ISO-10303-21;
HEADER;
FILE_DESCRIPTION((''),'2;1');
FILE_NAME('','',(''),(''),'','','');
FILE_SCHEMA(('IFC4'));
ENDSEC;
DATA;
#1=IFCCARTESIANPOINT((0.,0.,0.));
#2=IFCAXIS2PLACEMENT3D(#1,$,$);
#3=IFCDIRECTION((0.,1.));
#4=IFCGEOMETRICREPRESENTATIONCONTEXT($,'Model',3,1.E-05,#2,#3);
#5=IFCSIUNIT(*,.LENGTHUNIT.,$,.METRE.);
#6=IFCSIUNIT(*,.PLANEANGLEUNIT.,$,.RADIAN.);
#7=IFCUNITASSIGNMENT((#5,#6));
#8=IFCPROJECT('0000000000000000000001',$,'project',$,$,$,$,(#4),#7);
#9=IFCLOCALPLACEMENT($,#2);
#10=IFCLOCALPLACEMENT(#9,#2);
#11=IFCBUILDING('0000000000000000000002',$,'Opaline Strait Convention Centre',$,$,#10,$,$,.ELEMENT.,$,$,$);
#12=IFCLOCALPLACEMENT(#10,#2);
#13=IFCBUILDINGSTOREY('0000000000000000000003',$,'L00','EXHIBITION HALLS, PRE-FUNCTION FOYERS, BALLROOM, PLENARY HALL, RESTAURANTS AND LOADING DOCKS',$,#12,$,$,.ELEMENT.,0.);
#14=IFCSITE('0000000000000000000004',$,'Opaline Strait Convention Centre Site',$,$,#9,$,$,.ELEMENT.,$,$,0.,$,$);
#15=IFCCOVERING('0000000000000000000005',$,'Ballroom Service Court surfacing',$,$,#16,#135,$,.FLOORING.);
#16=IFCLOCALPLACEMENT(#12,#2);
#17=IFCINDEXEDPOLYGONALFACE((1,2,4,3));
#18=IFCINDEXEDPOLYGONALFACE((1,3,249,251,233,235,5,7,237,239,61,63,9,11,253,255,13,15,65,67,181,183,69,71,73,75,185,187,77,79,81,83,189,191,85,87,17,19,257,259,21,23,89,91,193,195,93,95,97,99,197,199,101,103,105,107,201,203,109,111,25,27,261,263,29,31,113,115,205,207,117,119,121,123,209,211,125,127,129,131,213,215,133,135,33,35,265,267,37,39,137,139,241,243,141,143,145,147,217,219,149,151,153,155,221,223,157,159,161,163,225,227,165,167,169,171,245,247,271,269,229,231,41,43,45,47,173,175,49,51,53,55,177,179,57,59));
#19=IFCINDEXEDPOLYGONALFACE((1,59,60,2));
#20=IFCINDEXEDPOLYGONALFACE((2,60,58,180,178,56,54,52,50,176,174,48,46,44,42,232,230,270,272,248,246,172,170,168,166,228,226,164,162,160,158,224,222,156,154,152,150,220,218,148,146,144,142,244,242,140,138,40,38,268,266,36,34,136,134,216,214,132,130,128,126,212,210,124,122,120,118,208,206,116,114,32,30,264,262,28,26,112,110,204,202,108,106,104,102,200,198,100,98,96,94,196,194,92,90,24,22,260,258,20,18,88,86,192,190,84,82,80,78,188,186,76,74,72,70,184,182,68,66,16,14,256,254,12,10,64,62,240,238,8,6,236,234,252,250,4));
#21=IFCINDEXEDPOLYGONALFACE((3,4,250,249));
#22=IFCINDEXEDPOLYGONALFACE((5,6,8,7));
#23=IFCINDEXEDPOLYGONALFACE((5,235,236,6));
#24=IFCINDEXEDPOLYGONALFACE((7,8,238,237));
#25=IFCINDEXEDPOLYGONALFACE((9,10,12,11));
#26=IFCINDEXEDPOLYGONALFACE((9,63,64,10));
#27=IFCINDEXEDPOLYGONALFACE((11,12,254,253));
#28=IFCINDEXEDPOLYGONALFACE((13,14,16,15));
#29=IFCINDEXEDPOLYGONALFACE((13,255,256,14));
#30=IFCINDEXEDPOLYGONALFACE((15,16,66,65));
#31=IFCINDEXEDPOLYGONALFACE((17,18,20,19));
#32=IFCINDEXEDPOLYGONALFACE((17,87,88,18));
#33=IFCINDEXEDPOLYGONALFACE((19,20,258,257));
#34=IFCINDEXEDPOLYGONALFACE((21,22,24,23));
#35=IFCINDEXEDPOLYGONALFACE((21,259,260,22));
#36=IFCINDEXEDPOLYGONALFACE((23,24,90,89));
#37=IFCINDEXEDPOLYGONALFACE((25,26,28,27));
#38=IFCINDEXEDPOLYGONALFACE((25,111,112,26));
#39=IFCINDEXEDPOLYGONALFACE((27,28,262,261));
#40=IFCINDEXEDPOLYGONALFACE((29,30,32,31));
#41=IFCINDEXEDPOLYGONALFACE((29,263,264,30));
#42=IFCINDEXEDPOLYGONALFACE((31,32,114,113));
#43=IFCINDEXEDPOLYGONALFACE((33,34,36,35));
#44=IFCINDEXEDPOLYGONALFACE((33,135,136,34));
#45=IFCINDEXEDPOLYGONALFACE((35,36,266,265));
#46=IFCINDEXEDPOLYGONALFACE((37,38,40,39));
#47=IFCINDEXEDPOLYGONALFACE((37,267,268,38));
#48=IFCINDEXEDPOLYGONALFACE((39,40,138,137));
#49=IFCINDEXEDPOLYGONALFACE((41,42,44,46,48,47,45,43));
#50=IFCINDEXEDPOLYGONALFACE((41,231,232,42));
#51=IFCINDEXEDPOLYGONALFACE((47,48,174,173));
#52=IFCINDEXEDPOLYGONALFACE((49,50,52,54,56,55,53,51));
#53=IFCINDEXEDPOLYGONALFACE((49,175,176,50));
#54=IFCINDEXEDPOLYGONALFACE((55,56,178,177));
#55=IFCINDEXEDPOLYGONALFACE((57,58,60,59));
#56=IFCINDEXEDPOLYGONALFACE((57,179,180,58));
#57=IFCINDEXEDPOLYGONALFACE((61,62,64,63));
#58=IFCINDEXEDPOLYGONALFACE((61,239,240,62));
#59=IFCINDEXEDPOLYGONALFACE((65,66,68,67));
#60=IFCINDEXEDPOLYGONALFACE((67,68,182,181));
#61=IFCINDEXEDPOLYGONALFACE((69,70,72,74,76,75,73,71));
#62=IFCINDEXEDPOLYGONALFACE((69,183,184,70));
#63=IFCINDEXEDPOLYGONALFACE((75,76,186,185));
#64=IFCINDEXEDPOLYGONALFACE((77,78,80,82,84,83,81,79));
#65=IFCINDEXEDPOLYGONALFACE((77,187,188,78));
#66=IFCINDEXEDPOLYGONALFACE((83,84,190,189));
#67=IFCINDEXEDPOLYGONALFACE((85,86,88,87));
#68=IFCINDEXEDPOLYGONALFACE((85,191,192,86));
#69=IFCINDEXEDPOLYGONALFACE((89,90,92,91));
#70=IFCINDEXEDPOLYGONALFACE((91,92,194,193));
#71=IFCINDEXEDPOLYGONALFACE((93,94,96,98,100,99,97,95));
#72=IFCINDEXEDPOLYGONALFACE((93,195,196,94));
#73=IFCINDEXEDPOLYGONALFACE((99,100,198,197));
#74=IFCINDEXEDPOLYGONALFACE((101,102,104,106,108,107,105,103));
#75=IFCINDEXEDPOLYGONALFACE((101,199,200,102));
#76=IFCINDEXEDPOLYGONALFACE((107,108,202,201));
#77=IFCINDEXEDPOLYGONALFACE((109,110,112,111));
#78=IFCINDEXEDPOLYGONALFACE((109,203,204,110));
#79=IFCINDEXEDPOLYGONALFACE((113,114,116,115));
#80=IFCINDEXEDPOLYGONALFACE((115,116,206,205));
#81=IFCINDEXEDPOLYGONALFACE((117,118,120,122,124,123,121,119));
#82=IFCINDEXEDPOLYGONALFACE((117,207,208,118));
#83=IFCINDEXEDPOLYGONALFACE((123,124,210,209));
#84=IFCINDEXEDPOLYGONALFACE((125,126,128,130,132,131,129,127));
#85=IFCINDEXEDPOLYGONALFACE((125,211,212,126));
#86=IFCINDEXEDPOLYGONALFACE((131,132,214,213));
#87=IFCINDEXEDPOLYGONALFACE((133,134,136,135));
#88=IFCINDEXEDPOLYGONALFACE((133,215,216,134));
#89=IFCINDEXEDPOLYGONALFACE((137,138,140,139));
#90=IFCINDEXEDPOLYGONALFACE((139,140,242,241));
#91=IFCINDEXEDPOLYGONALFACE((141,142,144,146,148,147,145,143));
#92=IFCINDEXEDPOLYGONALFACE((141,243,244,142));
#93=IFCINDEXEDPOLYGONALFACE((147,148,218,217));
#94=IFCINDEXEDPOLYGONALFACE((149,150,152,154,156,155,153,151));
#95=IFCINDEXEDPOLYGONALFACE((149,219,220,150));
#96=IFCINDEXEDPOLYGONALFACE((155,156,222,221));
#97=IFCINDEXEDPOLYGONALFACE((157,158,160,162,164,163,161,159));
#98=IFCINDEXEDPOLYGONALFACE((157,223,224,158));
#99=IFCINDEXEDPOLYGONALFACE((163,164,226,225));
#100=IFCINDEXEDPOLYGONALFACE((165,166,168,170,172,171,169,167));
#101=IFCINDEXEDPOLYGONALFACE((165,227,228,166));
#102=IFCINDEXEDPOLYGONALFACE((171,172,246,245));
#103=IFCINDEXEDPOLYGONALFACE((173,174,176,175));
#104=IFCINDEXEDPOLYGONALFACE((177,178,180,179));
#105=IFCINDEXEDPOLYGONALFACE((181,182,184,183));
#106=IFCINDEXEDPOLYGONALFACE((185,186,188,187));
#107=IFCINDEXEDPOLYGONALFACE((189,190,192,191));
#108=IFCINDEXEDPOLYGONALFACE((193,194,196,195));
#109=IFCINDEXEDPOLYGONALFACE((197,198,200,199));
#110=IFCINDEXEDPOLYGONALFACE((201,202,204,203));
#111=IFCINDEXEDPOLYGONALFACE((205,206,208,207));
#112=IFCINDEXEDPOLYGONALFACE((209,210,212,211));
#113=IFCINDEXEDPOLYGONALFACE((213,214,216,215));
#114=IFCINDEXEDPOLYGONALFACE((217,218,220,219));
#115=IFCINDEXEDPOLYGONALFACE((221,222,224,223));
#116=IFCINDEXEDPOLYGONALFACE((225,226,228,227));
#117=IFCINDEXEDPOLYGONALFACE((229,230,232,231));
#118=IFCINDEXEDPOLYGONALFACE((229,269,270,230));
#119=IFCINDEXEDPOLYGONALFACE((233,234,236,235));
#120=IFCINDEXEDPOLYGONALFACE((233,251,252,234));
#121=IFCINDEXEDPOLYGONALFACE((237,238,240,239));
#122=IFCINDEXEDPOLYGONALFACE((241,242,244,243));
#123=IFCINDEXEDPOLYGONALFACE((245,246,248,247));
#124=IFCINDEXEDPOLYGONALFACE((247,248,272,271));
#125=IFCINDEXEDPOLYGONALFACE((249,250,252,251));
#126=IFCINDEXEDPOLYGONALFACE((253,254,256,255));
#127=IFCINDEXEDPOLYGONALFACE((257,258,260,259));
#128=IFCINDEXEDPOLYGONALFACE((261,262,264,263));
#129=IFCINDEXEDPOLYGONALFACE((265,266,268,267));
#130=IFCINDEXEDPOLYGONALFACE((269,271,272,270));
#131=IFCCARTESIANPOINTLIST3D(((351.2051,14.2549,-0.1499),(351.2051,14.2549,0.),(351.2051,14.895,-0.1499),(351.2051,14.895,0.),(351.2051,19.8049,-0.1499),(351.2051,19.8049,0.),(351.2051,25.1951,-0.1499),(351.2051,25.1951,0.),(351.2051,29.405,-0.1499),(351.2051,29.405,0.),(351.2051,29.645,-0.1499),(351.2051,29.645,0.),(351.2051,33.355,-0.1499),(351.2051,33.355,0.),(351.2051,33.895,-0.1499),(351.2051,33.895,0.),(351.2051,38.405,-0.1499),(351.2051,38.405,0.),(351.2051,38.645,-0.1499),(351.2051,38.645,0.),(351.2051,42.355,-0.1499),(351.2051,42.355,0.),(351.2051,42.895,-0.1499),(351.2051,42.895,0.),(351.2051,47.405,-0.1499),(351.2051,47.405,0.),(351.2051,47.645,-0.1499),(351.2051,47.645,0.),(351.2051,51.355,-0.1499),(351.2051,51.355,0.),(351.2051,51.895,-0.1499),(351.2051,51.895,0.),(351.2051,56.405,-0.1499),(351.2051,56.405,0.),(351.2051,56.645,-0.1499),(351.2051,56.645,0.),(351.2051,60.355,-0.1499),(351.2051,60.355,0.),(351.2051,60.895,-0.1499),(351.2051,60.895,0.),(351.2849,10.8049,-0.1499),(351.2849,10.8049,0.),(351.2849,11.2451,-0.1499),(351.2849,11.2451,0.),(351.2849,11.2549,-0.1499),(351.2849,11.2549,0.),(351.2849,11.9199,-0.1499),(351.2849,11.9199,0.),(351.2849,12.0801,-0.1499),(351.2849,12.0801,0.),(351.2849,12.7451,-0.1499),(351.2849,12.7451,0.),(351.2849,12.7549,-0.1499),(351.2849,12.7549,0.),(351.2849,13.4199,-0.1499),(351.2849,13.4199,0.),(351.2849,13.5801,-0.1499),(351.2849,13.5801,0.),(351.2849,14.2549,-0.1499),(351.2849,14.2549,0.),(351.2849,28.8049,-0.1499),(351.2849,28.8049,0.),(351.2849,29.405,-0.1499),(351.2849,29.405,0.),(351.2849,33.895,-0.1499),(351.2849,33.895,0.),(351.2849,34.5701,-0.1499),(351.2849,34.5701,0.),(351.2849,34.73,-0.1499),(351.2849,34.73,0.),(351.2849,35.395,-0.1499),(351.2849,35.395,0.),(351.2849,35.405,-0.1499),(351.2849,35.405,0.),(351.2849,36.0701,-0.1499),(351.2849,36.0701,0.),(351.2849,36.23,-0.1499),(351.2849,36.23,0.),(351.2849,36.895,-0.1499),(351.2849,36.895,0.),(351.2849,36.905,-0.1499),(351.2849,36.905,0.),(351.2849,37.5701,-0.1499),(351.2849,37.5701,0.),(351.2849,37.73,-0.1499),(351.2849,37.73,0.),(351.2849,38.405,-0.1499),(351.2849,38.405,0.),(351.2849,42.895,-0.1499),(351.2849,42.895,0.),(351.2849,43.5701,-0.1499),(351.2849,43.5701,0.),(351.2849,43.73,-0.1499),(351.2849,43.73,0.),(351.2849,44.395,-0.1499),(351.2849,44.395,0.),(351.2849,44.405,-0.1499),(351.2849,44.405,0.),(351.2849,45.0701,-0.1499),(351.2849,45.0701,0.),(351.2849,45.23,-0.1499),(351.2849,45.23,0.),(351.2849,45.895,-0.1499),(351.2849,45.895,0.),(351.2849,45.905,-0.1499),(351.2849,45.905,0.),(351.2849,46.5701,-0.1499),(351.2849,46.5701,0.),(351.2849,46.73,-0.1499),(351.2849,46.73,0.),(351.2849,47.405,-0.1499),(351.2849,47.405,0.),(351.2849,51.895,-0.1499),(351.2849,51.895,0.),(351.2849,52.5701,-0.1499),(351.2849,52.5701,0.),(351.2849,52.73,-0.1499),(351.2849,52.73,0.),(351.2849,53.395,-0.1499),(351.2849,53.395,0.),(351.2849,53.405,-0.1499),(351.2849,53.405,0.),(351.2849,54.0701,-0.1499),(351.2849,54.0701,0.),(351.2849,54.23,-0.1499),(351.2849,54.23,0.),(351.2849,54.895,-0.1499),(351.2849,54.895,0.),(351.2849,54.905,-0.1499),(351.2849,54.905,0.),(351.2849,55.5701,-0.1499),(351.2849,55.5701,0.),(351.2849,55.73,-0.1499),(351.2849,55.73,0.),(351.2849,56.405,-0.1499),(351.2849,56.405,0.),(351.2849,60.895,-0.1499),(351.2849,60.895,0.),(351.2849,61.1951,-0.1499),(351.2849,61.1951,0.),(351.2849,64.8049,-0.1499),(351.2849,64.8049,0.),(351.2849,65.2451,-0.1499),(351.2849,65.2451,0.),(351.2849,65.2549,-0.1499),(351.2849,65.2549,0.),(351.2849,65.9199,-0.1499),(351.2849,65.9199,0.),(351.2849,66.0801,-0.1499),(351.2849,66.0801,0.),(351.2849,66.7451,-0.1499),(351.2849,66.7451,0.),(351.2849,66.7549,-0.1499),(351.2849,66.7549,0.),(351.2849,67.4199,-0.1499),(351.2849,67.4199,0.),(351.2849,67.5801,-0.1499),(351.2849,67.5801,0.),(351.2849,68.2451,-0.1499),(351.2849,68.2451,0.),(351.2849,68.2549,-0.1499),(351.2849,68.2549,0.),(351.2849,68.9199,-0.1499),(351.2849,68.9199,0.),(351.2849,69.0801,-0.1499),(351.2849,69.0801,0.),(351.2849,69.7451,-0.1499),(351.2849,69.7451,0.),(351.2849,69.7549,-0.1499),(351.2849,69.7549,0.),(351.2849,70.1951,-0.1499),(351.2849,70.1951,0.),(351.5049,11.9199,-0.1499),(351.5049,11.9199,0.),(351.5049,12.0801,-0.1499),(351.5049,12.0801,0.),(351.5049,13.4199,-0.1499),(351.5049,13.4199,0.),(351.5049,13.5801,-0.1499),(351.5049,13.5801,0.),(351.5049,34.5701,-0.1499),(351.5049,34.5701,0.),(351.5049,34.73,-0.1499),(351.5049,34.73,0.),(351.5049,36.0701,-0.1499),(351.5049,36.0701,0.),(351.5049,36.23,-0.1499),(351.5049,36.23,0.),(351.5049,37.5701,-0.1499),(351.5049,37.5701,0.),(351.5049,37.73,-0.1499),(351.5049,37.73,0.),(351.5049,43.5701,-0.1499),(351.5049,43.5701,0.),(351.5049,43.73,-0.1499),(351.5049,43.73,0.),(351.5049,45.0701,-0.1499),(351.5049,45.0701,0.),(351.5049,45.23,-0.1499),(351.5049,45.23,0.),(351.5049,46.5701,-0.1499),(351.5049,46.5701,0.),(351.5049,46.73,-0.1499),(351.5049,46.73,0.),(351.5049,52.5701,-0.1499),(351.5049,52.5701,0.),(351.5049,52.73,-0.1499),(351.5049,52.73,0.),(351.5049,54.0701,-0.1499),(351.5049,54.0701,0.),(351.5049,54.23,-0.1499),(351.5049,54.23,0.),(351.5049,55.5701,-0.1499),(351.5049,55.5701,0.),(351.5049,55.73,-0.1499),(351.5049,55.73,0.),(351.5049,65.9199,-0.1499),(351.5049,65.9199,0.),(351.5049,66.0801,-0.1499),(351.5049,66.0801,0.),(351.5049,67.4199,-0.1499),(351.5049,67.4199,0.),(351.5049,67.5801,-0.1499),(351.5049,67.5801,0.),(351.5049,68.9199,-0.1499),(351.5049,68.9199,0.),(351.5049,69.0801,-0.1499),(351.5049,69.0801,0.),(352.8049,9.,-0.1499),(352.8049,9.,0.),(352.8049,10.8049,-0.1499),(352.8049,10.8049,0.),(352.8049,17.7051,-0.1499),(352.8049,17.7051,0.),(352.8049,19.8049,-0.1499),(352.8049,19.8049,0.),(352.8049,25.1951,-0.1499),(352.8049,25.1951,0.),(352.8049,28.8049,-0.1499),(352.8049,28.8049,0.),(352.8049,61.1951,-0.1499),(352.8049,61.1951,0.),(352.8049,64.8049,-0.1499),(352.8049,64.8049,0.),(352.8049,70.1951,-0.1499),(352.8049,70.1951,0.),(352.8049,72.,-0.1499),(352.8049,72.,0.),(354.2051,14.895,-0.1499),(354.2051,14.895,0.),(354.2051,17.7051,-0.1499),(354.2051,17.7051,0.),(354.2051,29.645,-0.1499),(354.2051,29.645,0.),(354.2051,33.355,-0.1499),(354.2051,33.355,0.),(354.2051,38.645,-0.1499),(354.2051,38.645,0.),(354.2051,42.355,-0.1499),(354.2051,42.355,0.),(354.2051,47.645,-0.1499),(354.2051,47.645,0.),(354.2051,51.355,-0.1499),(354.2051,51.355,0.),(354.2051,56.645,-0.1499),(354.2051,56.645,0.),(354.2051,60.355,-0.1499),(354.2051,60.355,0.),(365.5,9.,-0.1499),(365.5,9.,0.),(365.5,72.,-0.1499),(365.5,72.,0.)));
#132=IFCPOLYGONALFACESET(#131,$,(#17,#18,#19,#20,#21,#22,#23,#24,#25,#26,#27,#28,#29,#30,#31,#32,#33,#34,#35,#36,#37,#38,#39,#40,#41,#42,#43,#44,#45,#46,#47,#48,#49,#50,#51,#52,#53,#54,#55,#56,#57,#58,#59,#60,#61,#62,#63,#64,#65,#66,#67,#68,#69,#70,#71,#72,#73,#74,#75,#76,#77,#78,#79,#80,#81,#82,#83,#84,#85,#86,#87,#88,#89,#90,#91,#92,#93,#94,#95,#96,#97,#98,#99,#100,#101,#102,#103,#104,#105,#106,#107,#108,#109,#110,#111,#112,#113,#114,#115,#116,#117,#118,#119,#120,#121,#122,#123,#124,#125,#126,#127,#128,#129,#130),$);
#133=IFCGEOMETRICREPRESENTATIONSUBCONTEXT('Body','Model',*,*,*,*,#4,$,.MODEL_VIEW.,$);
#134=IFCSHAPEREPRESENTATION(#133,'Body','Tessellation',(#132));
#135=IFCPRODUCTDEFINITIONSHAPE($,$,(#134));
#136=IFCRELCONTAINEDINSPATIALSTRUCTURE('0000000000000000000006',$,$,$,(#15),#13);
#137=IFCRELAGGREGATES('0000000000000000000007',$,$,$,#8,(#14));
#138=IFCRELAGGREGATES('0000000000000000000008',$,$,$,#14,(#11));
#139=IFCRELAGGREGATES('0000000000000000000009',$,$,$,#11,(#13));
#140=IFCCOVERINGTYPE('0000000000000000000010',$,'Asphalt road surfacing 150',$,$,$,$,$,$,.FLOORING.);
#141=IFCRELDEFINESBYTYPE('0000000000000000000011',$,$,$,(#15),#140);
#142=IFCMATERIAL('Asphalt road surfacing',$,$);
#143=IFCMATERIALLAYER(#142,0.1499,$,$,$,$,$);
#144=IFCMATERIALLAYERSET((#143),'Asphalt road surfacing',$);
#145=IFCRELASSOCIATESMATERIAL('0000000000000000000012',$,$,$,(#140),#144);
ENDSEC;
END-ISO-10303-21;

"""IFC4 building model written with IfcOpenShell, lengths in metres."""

from ifc_helpers import new_model, si_unit, direction, frame, origin, place, context, subcontext, project, spatial, polyline, outline, extrude, material, layer, layer_set, type_object, element, save


model = new_model("IFC4")

# Units and contexts
model_context = context("Model", 3, precision=1e-05, world=origin(), true_north=direction((0.0, 1.0)))
body_context = subcontext(model_context, "Body", "Model", "MODEL_VIEW")
ifc_project = project(units=[si_unit("LENGTHUNIT", "METRE"), si_unit("PLANEANGLEUNIT", "RADIAN")], contexts=[model_context])

# Site, building, storey
site_placement = place(None, origin())
site = spatial("IfcSite", under=ifc_project, at=site_placement, Name="Opaline Strait Convention Centre Site", CompositionType="ELEMENT", RefElevation=0.0)
building_placement = place(site_placement, origin())
building = spatial("IfcBuilding", under=site, at=building_placement, Name="Opaline Strait Convention Centre", CompositionType="ELEMENT")
storey_placement = place(building_placement, origin())
storey = spatial("IfcBuildingStorey", under=building, at=storey_placement, Name="L00", Description="EXHIBITION HALLS, PRE-FUNCTION FOYERS, BALLROOM, PLENARY HALL, RESTAURANTS AND LOADING DOCKS", CompositionType="ELEMENT", Elevation=0.0)

# Covering
ifc_material_1 = material(Name="Asphalt road surfacing")
ifc_layer_1 = layer(ifc_material_1, 0.1499)
ifc_layer_set_1 = layer_set([ifc_layer_1], Name="Asphalt road surfacing")
covering_type_1 = type_object("IfcCoveringType", Name="Asphalt road surfacing 150", PredefinedType="FLOORING", material=ifc_layer_set_1)
covering_1_placement = place(storey_placement, frame((0.0, 0.0, -0.1499)))
element("IfcCovering", 1, at=covering_1_placement, inside=storey, type_object=covering_type_1, Name="Ballroom Service Court surfacing", PredefinedType="FLOORING", context=body_context, shape_type="SweptSolid", body=[
    extrude(outline(polyline([(365.5, 9.0), (365.5, 72.0), (352.8049, 72.0), (352.8049, 70.1951), (351.2849, 70.1951), (351.2849, 69.7549), (351.2849, 69.7451), (351.2849, 69.0801), (351.5049, 69.0801), (351.5049, 68.9199), (351.2849, 68.9199), (351.2849, 68.2549), (351.2849, 68.2451), (351.2849, 67.5801), (351.5049, 67.5801), (351.5049, 67.4199), (351.2849, 67.4199), (351.2849, 66.7549), (351.2849, 66.7451), (351.2849, 66.0801), (351.5049, 66.0801), (351.5049, 65.9199), (351.2849, 65.9199), (351.2849, 65.2549), (351.2849, 65.2451), (351.2849, 64.8049), (352.8049, 64.8049), (352.8049, 61.1951), (351.2849, 61.1951), (351.2849, 60.895), (351.2051, 60.895), (351.2051, 60.355), (354.2051, 60.355), (354.2051, 56.645), (351.2051, 56.645), (351.2051, 56.405), (351.2849, 56.405), (351.2849, 55.73), (351.5049, 55.73), (351.5049, 55.5701), (351.2849, 55.5701), (351.2849, 54.905), (351.2849, 54.895), (351.2849, 54.23), (351.5049, 54.23), (351.5049, 54.0701), (351.2849, 54.0701), (351.2849, 53.405), (351.2849, 53.395), (351.2849, 52.73), (351.5049, 52.73), (351.5049, 52.5701), (351.2849, 52.5701), (351.2849, 51.895), (351.2051, 51.895), (351.2051, 51.355), (354.2051, 51.355), (354.2051, 47.645), (351.2051, 47.645), (351.2051, 47.405), (351.2849, 47.405), (351.2849, 46.73), (351.5049, 46.73), (351.5049, 46.5701), (351.2849, 46.5701), (351.2849, 45.905), (351.2849, 45.895), (351.2849, 45.23), (351.5049, 45.23), (351.5049, 45.0701), (351.2849, 45.0701), (351.2849, 44.405), (351.2849, 44.395), (351.2849, 43.73), (351.5049, 43.73), (351.5049, 43.5701), (351.2849, 43.5701), (351.2849, 42.895), (351.2051, 42.895), (351.2051, 42.355), (354.2051, 42.355), (354.2051, 38.645), (351.2051, 38.645), (351.2051, 38.405), (351.2849, 38.405), (351.2849, 37.73), (351.5049, 37.73), (351.5049, 37.5701), (351.2849, 37.5701), (351.2849, 36.905), (351.2849, 36.895), (351.2849, 36.23), (351.5049, 36.23), (351.5049, 36.0701), (351.2849, 36.0701), (351.2849, 35.405), (351.2849, 35.395), (351.2849, 34.73), (351.5049, 34.73), (351.5049, 34.5701), (351.2849, 34.5701), (351.2849, 33.895), (351.2051, 33.895), (351.2051, 33.355), (354.2051, 33.355), (354.2051, 29.645), (351.2051, 29.645), (351.2051, 29.405), (351.2849, 29.405), (351.2849, 28.8049), (352.8049, 28.8049), (352.8049, 25.1951), (351.2051, 25.1951), (351.2051, 19.8049), (352.8049, 19.8049), (352.8049, 17.7051), (354.2051, 17.7051), (354.2051, 14.895), (351.2051, 14.895), (351.2051, 14.2549), (351.2849, 14.2549), (351.2849, 13.5801), (351.5049, 13.5801), (351.5049, 13.4199), (351.2849, 13.4199), (351.2849, 12.7549), (351.2849, 12.7451), (351.2849, 12.0801), (351.5049, 12.0801), (351.5049, 11.9199), (351.2849, 11.9199), (351.2849, 11.2549), (351.2849, 11.2451), (351.2849, 10.8049), (352.8049, 10.8049), (352.8049, 9.0), (365.5, 9.0)])), origin(), (0.0, 0.0, 1.0), 0.1499),
])

save(model, "model.ifc")
